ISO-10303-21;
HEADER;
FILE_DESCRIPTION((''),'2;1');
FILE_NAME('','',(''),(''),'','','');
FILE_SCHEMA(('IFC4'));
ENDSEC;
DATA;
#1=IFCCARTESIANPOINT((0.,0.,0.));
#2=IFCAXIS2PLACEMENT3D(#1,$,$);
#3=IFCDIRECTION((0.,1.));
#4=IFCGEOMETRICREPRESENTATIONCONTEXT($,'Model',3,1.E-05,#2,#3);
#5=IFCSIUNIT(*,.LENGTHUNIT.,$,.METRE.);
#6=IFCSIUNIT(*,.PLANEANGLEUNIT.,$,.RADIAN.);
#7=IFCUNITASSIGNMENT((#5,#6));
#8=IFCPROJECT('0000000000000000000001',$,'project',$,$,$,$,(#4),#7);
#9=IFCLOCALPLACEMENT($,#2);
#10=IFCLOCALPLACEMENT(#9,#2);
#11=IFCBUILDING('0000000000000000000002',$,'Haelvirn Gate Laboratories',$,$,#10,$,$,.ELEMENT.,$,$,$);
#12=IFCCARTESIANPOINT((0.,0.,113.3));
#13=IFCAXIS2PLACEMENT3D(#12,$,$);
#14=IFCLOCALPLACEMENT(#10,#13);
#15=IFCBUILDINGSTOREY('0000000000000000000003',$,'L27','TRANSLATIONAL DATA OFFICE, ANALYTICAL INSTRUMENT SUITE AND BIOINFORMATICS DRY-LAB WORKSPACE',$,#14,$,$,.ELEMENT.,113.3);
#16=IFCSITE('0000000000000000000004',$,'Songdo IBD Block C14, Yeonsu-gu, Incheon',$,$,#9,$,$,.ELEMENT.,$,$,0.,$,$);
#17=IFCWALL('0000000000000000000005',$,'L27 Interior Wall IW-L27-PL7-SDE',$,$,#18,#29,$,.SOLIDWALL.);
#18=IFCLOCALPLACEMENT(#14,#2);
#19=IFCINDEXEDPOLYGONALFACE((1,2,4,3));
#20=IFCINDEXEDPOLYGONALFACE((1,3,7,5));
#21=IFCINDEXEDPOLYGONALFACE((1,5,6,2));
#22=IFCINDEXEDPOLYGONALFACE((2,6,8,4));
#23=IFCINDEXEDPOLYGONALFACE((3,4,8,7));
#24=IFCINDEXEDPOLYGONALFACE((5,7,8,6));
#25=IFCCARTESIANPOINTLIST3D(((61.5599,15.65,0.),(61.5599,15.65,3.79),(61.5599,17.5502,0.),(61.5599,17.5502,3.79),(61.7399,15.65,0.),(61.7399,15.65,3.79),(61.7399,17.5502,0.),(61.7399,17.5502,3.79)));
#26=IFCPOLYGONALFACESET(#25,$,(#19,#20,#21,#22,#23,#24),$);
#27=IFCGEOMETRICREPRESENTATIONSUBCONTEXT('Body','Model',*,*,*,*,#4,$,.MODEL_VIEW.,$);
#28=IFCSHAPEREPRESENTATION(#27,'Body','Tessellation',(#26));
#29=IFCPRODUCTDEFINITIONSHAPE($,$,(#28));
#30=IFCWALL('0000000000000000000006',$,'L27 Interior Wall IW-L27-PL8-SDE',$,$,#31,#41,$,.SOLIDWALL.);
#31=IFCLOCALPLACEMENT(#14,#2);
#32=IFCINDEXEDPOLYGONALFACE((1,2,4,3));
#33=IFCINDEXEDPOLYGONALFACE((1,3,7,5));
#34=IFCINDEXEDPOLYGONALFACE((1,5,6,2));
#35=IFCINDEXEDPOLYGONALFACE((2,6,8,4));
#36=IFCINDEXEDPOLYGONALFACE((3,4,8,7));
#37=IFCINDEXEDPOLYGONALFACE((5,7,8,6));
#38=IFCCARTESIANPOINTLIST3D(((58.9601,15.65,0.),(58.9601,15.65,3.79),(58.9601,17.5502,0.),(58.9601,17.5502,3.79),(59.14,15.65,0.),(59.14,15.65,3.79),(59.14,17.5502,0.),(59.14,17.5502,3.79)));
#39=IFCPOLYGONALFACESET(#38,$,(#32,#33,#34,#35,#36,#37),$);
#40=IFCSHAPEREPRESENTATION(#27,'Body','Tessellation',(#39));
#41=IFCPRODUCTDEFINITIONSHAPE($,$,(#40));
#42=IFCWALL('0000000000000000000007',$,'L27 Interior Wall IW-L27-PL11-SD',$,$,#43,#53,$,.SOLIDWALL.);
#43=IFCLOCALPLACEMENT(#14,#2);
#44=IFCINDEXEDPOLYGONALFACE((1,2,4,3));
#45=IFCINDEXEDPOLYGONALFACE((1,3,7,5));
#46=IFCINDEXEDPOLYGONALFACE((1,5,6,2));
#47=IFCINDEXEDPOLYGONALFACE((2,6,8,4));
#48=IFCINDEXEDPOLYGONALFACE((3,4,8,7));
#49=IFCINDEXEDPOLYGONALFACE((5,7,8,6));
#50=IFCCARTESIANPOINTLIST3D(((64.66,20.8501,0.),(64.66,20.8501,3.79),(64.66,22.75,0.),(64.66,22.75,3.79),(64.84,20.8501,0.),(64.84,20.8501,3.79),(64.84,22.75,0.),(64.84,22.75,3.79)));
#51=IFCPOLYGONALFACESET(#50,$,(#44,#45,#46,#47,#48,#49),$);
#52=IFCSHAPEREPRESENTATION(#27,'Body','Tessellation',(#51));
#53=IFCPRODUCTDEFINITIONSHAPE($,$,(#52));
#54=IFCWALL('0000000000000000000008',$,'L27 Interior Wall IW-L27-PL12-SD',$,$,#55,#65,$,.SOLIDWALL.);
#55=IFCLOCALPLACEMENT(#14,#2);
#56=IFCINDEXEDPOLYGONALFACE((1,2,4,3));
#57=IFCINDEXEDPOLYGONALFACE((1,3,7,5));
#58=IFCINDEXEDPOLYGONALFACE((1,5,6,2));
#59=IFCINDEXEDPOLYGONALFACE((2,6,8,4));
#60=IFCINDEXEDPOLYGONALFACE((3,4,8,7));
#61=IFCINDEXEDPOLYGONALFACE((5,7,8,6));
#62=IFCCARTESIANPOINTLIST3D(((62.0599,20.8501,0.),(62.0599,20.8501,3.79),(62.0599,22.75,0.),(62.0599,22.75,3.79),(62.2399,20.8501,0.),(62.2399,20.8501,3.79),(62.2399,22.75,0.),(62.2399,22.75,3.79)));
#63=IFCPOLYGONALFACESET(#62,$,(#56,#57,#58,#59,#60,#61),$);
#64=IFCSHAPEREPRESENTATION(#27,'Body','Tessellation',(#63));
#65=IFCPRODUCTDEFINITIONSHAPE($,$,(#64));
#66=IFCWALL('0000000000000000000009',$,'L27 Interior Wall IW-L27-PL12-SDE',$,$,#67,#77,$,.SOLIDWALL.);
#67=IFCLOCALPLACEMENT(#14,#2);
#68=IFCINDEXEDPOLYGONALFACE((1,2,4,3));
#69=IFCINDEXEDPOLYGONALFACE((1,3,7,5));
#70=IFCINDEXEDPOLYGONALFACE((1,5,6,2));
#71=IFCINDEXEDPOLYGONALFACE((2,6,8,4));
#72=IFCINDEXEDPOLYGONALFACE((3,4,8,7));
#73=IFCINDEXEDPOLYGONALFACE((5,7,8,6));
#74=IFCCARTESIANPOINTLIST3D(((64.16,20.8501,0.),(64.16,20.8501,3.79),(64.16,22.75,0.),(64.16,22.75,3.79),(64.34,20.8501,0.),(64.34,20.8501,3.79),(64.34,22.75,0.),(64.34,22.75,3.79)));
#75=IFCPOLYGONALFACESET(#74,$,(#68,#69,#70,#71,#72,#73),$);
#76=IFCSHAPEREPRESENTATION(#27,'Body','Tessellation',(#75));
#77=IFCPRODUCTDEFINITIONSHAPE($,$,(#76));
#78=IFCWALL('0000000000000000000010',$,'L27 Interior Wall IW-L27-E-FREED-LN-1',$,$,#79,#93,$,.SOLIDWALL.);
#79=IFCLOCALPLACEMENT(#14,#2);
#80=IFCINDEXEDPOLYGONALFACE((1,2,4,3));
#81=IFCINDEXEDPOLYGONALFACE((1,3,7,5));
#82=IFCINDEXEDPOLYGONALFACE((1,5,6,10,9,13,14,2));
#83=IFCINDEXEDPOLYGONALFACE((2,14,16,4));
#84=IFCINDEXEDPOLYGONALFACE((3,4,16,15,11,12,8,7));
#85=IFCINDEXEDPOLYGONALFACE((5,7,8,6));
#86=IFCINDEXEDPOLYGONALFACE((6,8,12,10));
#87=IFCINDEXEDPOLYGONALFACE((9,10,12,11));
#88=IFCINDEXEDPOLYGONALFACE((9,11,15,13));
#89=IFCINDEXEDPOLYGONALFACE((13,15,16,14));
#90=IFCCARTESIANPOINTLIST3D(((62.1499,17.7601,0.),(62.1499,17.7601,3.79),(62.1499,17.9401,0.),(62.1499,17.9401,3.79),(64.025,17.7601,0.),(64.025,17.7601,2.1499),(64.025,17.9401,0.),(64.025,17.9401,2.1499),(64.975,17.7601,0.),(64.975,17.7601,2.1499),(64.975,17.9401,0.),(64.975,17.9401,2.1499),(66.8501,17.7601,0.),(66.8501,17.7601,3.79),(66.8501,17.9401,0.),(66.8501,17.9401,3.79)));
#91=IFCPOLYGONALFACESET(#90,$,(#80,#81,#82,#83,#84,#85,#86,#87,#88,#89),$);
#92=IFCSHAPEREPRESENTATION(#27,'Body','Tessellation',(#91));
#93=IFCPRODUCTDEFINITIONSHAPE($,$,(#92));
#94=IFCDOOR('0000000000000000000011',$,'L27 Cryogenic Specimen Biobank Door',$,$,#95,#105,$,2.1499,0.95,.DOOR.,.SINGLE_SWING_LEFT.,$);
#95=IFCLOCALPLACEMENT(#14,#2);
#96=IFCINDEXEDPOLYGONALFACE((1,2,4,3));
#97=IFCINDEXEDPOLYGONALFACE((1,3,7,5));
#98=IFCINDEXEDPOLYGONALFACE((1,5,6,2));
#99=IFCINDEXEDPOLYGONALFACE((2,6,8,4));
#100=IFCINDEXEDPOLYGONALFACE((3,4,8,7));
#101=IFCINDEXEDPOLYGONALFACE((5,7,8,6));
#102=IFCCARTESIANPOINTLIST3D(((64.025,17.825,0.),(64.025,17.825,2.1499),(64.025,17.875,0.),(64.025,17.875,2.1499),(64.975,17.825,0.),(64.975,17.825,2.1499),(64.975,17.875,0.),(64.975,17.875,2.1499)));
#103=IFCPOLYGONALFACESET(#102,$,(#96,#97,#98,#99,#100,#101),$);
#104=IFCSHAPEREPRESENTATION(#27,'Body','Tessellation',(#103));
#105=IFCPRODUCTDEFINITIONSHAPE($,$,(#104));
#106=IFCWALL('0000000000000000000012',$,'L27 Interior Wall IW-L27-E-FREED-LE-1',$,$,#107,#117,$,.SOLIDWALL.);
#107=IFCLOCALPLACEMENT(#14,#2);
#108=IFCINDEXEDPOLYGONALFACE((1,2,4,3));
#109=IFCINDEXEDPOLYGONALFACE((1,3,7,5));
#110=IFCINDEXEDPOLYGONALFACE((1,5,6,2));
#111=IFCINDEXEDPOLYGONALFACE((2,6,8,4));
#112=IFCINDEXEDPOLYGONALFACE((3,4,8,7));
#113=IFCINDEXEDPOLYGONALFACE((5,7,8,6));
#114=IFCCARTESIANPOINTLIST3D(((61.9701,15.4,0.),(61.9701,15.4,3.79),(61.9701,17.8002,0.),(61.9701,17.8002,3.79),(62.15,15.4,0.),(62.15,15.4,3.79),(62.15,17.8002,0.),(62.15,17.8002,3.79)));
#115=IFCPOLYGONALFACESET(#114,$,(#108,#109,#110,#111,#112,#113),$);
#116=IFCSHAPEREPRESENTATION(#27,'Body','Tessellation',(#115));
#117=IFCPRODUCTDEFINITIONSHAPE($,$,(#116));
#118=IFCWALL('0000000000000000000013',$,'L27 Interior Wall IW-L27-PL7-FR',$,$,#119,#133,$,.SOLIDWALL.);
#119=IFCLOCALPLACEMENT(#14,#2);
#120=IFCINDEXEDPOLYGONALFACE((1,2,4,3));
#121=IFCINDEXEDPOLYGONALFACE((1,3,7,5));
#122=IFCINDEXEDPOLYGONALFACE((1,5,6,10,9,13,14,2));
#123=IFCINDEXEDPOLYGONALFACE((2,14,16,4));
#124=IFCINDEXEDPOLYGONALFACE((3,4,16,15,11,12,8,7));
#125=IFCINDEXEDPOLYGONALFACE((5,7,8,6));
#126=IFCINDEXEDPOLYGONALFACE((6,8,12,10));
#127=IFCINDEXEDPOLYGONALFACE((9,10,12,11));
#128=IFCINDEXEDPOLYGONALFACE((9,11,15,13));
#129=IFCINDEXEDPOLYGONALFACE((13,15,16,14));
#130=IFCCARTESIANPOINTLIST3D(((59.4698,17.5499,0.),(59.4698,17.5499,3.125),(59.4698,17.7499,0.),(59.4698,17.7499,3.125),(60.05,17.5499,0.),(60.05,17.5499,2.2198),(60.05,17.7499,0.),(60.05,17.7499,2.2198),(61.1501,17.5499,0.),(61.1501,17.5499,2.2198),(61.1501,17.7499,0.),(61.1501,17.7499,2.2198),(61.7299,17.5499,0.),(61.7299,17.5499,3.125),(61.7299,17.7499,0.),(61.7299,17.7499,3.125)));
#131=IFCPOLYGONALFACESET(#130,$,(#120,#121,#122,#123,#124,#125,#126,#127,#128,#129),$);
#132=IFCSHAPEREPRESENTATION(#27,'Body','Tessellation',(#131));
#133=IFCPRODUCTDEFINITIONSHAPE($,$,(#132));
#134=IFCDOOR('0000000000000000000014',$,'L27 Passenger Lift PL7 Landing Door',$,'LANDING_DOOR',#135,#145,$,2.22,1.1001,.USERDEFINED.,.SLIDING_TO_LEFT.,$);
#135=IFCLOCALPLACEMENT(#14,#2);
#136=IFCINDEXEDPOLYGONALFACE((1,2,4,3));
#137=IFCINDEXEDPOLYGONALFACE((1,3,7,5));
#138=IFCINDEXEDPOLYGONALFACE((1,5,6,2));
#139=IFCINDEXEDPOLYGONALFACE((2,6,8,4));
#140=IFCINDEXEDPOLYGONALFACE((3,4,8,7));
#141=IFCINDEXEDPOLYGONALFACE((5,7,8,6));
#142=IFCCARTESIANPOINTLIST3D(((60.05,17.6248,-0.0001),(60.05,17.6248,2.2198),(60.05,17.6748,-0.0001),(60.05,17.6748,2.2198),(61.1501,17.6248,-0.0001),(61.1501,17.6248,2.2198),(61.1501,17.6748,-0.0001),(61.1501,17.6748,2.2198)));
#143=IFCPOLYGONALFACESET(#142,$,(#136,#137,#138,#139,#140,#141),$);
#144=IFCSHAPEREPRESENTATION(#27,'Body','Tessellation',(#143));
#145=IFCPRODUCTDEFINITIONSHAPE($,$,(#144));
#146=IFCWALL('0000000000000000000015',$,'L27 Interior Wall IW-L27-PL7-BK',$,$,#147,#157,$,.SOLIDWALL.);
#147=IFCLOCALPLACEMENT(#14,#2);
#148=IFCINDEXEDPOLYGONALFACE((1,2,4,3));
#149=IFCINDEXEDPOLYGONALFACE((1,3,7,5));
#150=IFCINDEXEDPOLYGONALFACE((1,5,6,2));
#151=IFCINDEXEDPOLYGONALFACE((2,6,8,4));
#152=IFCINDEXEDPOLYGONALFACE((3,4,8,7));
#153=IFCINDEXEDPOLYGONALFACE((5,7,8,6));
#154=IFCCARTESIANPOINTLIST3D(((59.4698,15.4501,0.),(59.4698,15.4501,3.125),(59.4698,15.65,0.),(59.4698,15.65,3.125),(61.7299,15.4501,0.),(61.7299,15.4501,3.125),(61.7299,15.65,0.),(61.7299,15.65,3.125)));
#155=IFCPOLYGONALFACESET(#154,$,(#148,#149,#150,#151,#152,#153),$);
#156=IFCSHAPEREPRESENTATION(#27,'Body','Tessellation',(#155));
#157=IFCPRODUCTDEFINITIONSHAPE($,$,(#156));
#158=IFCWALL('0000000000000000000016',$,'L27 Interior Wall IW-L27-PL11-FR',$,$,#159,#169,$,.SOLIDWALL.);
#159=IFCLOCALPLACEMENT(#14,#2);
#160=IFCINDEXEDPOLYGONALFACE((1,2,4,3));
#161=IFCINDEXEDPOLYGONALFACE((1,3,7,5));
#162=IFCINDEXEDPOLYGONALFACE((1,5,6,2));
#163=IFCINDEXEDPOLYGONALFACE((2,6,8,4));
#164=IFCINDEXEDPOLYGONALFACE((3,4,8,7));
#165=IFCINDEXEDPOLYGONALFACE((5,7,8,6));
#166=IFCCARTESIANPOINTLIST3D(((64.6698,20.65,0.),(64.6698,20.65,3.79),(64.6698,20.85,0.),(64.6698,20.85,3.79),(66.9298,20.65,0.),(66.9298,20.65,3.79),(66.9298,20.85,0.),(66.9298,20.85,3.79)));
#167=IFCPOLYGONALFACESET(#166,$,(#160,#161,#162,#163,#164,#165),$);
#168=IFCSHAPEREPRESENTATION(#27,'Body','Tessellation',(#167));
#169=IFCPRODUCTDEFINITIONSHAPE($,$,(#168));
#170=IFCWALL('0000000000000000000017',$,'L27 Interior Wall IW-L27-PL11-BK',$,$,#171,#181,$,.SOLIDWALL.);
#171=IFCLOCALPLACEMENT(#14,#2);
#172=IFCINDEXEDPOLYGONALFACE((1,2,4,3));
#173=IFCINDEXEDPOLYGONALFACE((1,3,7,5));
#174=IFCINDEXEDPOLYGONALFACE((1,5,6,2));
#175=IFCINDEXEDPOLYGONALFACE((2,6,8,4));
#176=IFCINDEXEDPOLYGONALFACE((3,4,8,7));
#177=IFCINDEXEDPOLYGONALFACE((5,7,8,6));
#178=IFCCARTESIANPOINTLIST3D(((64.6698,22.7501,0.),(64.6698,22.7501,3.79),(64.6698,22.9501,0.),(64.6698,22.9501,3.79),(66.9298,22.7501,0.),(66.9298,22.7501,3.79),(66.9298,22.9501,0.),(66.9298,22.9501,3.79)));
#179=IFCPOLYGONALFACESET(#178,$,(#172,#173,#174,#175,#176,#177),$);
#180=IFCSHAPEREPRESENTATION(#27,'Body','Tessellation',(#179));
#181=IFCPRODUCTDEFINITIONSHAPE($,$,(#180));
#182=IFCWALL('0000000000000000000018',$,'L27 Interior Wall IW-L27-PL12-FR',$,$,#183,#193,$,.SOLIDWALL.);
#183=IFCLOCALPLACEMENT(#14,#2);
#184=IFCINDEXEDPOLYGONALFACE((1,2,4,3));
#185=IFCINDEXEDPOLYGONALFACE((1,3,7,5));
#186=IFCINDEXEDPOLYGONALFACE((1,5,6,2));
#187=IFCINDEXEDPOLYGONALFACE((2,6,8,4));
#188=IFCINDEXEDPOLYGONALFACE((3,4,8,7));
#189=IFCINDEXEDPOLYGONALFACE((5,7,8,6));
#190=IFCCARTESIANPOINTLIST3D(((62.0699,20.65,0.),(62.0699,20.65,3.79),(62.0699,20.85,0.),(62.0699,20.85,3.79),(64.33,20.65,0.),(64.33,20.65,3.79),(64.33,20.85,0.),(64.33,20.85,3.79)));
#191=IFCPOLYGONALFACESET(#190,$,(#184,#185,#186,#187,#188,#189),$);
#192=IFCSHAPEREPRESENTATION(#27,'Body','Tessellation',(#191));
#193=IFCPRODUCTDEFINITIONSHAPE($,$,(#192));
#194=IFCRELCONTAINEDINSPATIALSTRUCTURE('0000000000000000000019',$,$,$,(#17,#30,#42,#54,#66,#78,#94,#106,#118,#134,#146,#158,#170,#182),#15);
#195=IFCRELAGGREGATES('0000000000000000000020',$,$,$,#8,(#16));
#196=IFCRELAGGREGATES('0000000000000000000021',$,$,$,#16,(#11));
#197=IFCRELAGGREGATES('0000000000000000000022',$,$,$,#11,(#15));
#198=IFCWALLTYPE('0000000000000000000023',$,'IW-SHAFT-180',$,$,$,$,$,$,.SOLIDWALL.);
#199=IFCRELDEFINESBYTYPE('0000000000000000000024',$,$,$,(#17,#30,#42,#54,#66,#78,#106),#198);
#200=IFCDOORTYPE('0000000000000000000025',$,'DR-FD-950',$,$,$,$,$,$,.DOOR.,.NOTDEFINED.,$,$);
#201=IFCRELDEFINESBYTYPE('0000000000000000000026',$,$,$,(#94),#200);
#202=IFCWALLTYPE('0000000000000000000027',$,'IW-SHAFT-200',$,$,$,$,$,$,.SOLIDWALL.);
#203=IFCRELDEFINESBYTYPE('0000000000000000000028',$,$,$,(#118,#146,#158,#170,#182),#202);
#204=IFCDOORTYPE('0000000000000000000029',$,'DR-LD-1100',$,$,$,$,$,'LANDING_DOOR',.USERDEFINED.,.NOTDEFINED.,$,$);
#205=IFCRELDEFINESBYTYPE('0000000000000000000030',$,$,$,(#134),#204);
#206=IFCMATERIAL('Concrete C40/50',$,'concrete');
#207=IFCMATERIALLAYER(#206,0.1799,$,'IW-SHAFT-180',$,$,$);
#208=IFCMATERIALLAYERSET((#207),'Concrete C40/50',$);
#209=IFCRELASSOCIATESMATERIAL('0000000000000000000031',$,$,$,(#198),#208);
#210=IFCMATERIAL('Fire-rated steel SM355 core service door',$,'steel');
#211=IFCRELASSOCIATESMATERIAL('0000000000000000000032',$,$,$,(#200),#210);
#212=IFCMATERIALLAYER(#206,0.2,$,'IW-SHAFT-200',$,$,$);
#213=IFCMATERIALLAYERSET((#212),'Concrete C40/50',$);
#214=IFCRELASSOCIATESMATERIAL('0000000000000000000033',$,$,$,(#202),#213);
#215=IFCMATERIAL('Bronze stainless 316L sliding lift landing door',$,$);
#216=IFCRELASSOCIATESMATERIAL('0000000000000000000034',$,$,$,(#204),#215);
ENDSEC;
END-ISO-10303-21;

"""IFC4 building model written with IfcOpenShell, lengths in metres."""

from ifc_helpers import new_model, si_unit, direction, frame, frame_2d, origin, place, context, subcontext, project, spatial, rectangle, extrude, source, transform, mapped, material, layer, layer_set, type_object, type_shapes, element, fill, save


model = new_model("IFC4")

# Units and contexts
model_context = context("Model", 3, precision=1e-05, world=origin(), true_north=direction((0.0, 1.0)))
body_context = subcontext(model_context, "Body", "Model", "MODEL_VIEW")
ifc_project = project(units=[si_unit("LENGTHUNIT", "METRE"), si_unit("PLANEANGLEUNIT", "RADIAN")], contexts=[model_context])

# Site, building, storey
site_placement = place(None, origin())
site = spatial("IfcSite", under=ifc_project, at=site_placement, Name="Songdo IBD Block C14, Yeonsu-gu, Incheon", CompositionType="ELEMENT", RefElevation=0.0)
building_placement = place(site_placement, origin())
building = spatial("IfcBuilding", under=site, at=building_placement, Name="Haelvirn Gate Laboratories", CompositionType="ELEMENT")
storey_placement = place(building_placement, frame((0.0, 0.0, 113.3)))
storey = spatial("IfcBuildingStorey", under=building, at=storey_placement, Name="L27", Description="TRANSLATIONAL DATA OFFICE, ANALYTICAL INSTRUMENT SUITE AND BIOINFORMATICS DRY-LAB WORKSPACE", CompositionType="ELEMENT", Elevation=113.3)

# Walls
ifc_material_1 = material(Name="Concrete C40/50", Category="concrete")
ifc_layer_1 = layer(ifc_material_1, 0.1799, Name="IW-SHAFT-180")
ifc_layer_set_1 = layer_set([ifc_layer_1], Name="Concrete C40/50")
wall_type_1 = type_object("IfcWallType", Name="IW-SHAFT-180", PredefinedType="SOLIDWALL", material=ifc_layer_set_1)
for number, where, z_axis, x_axis, name in (
    (1, (61.6499, 15.6499, 0.0), (0.0, 0.0, 1.0), (0.0, 1.0, 0.0), "L27 Interior Wall IW-L27-PL7-SDE"),
    (2, (59.05, 15.6499, 0.0), (0.0, 0.0, 1.0), (0.0, 1.0, 0.0), "L27 Interior Wall IW-L27-PL8-SDE"),
):
    element("IfcWall", number, at=place(storey_placement, frame(where, z_axis=z_axis, x_axis=x_axis)), inside=storey, type_object=wall_type_1, Name=name, PredefinedType="SOLIDWALL", context=body_context, shape_type="SweptSolid", body=[
        extrude(rectangle(XDim=1.9001, YDim=0.1799, at=frame_2d((0.9502, 0.0))), origin(), (0.0, 0.0, 1.0), 3.79),
    ])
for number, where, z_axis, x_axis, name in (
    (3, (64.75, 20.8501, 0.0), (0.0, 0.0, 1.0), (0.0, 1.0, 0.0), "L27 Interior Wall IW-L27-PL11-SD"),
    (4, (62.1499, 20.8501, 0.0), (0.0, 0.0, 1.0), (0.0, 1.0, 0.0), "L27 Interior Wall IW-L27-PL12-SD"),
    (5, (64.25, 20.8501, 0.0), (0.0, 0.0, 1.0), (0.0, 1.0, 0.0), "L27 Interior Wall IW-L27-PL12-SDE"),
):
    element("IfcWall", number, at=place(storey_placement, frame(where, z_axis=z_axis, x_axis=x_axis)), inside=storey, type_object=wall_type_1, Name=name, PredefinedType="SOLIDWALL", context=body_context, shape_type="SweptSolid", body=[
        extrude(rectangle(XDim=1.8999, YDim=0.1799, at=frame_2d((0.95, 0.0))), origin(), (0.0, 0.0, 1.0), 3.79),
    ])

# Wall, opening, door
wall_1_placement = place(storey_placement, frame((62.1499, 17.8501, 0.0), z_axis=(0.0, 0.0, 1.0), x_axis=(1.0, 0.0, 0.0)))
wall_1 = element("IfcWall", 6, at=wall_1_placement, inside=storey, type_object=wall_type_1, Name="L27 Interior Wall IW-L27-E-FREED-LN-1", PredefinedType="SOLIDWALL", context=body_context, shape_type="SweptSolid", body=[
    extrude(rectangle(XDim=4.7002, YDim=0.1799, at=frame_2d((2.3501, 0.0))), origin(), (0.0, 0.0, 1.0), 3.79),
])
opening_1_placement = place(wall_1_placement, frame((1.875, 0.0, 0.0)))
opening_1 = element("IfcOpeningElement", 7, at=opening_1_placement, cuts=wall_1, PredefinedType="OPENING", context=body_context, shape_type="SweptSolid", body=[
    extrude(rectangle(XDim=0.95, YDim=2.1499, at=frame_2d((0.4751, 1.075))), frame((0.0, 0.1001, 0.0), z_axis=(0.0, -1.0, 0.0), x_axis=(1.0, 0.0, 0.0)), (0.0, 0.0, 1.0), 0.2),
])
ifc_material_2 = material(Name="Fire-rated steel SM355 core service door", Category="steel")
door_type_1 = type_object("IfcDoorType", Name="DR-FD-950", OperationType="NOTDEFINED", PredefinedType="DOOR", material=ifc_material_2)
shared_shape_1 = source(origin(), body_context, "Body", "SweptSolid", [
    extrude(rectangle(XDim=0.95, YDim=2.1499, at=frame_2d((0.4751, 1.075))), frame((0.0, 0.0249, 0.0), z_axis=(0.0, -1.0, 0.0), x_axis=(1.0, 0.0, 0.0)), (0.0, 0.0, 1.0), 0.05),
])
type_shapes(door_type_1, [shared_shape_1])
door_1_placement = place(opening_1_placement, origin())
door_1 = element("IfcDoor", 8, at=door_1_placement, inside=storey, type_object=door_type_1, Name="L27 Cryogenic Specimen Biobank Door", OperationType="SINGLE_SWING_LEFT", OverallHeight=2.1499, OverallWidth=0.95, PredefinedType="DOOR", context=body_context, shape_type="MappedRepresentation", body=[
    mapped(shared_shape_1, transform((0.0, 0.0, 0.0), scale=1.0)),
])
fill(opening_1, door_1)

# Wall
wall_2_placement = place(storey_placement, frame((62.0601, 15.3999, 0.0), z_axis=(0.0, 0.0, 1.0), x_axis=(0.0, 1.0, 0.0)))
element("IfcWall", 9, at=wall_2_placement, inside=storey, type_object=wall_type_1, Name="L27 Interior Wall IW-L27-E-FREED-LE-1", PredefinedType="SOLIDWALL", context=body_context, shape_type="SweptSolid", body=[
    extrude(rectangle(XDim=2.4001, YDim=0.1799, at=frame_2d((1.2002, 0.0))), origin(), (0.0, 0.0, 1.0), 3.79),
])

# Wall, opening, door
ifc_layer_2 = layer(ifc_material_1, 0.2, Name="IW-SHAFT-200")
ifc_layer_set_2 = layer_set([ifc_layer_2], Name="Concrete C40/50")
wall_type_2 = type_object("IfcWallType", Name="IW-SHAFT-200", PredefinedType="SOLIDWALL", material=ifc_layer_set_2)
wall_3_placement = place(storey_placement, frame((59.47, 17.6499, 0.0), z_axis=(0.0, 0.0, 1.0), x_axis=(1.0, 0.0, 0.0)))
wall_3 = element("IfcWall", 10, at=wall_3_placement, inside=storey, type_object=wall_type_2, Name="L27 Interior Wall IW-L27-PL7-FR", PredefinedType="SOLIDWALL", context=body_context, shape_type="SweptSolid", body=[
    extrude(rectangle(XDim=2.26, YDim=0.2, at=frame_2d((1.1299, 0.0))), origin(), (0.0, 0.0, 1.0), 3.125),
])
opening_2_placement = place(wall_3_placement, frame((0.5801, 0.0, 0.0)))
opening_2 = element("IfcOpeningElement", 11, at=opening_2_placement, cuts=wall_3, PredefinedType="OPENING", context=body_context, shape_type="SweptSolid", body=[
    extrude(rectangle(XDim=1.1001, YDim=2.22, at=frame_2d((0.55, 1.1099))), frame((0.0, 0.1099, 0.0), z_axis=(0.0, -1.0, 0.0), x_axis=(1.0, 0.0, 0.0)), (0.0, 0.0, 1.0), 0.22),
])
ifc_material_3 = material(Name="Bronze stainless 316L sliding lift landing door")
door_type_2 = type_object("IfcDoorType", Name="DR-LD-1100", ElementType="LANDING_DOOR", OperationType="NOTDEFINED", PredefinedType="USERDEFINED", material=ifc_material_3)
shared_shape_2 = source(origin(), body_context, "Body", "SweptSolid", [
    extrude(rectangle(XDim=1.1001, YDim=2.22, at=frame_2d((0.55, 1.1099))), frame((0.0, 0.0249, 0.0), z_axis=(0.0, -1.0, 0.0), x_axis=(1.0, 0.0, 0.0)), (0.0, 0.0, 1.0), 0.05),
])
type_shapes(door_type_2, [shared_shape_2])
door_2_placement = place(opening_2_placement, origin())
door_2 = element("IfcDoor", 12, at=door_2_placement, inside=storey, type_object=door_type_2, Name="L27 Passenger Lift PL7 Landing Door", ObjectType="LANDING_DOOR", OperationType="SLIDING_TO_LEFT", OverallHeight=2.22, OverallWidth=1.1001, PredefinedType="USERDEFINED", context=body_context, shape_type="MappedRepresentation", body=[
    mapped(shared_shape_2, transform((0.0, 0.0, 0.0), scale=1.0)),
])
fill(opening_2, door_2)

# Walls
wall_4_placement = place(storey_placement, frame((59.47, 15.55, 0.0), z_axis=(0.0, 0.0, 1.0), x_axis=(1.0, 0.0, 0.0)))
element("IfcWall", 13, at=wall_4_placement, inside=storey, type_object=wall_type_2, Name="L27 Interior Wall IW-L27-PL7-BK", PredefinedType="SOLIDWALL", context=body_context, shape_type="SweptSolid", body=[
    extrude(rectangle(XDim=2.26, YDim=0.2, at=frame_2d((1.1299, 0.0))), origin(), (0.0, 0.0, 1.0), 3.125),
])
for number, where, z_axis, x_axis, name in (
    (14, (64.6699, 20.75, 0.0), (0.0, 0.0, 1.0), (1.0, 0.0, 0.0), "L27 Interior Wall IW-L27-PL11-FR"),
    (15, (64.6699, 22.8501, 0.0), (0.0, 0.0, 1.0), (1.0, 0.0, 0.0), "L27 Interior Wall IW-L27-PL11-BK"),
    (16, (62.0701, 20.75, 0.0), (0.0, 0.0, 1.0), (1.0, 0.0, 0.0), "L27 Interior Wall IW-L27-PL12-FR"),
):
    element("IfcWall", number, at=place(storey_placement, frame(where, z_axis=z_axis, x_axis=x_axis)), inside=storey, type_object=wall_type_2, Name=name, PredefinedType="SOLIDWALL", context=body_context, shape_type="SweptSolid", body=[
        extrude(rectangle(XDim=2.26, YDim=0.2, at=frame_2d((1.1299, 0.0))), origin(), (0.0, 0.0, 1.0), 3.79),
    ])

save(model, "model.ifc")
